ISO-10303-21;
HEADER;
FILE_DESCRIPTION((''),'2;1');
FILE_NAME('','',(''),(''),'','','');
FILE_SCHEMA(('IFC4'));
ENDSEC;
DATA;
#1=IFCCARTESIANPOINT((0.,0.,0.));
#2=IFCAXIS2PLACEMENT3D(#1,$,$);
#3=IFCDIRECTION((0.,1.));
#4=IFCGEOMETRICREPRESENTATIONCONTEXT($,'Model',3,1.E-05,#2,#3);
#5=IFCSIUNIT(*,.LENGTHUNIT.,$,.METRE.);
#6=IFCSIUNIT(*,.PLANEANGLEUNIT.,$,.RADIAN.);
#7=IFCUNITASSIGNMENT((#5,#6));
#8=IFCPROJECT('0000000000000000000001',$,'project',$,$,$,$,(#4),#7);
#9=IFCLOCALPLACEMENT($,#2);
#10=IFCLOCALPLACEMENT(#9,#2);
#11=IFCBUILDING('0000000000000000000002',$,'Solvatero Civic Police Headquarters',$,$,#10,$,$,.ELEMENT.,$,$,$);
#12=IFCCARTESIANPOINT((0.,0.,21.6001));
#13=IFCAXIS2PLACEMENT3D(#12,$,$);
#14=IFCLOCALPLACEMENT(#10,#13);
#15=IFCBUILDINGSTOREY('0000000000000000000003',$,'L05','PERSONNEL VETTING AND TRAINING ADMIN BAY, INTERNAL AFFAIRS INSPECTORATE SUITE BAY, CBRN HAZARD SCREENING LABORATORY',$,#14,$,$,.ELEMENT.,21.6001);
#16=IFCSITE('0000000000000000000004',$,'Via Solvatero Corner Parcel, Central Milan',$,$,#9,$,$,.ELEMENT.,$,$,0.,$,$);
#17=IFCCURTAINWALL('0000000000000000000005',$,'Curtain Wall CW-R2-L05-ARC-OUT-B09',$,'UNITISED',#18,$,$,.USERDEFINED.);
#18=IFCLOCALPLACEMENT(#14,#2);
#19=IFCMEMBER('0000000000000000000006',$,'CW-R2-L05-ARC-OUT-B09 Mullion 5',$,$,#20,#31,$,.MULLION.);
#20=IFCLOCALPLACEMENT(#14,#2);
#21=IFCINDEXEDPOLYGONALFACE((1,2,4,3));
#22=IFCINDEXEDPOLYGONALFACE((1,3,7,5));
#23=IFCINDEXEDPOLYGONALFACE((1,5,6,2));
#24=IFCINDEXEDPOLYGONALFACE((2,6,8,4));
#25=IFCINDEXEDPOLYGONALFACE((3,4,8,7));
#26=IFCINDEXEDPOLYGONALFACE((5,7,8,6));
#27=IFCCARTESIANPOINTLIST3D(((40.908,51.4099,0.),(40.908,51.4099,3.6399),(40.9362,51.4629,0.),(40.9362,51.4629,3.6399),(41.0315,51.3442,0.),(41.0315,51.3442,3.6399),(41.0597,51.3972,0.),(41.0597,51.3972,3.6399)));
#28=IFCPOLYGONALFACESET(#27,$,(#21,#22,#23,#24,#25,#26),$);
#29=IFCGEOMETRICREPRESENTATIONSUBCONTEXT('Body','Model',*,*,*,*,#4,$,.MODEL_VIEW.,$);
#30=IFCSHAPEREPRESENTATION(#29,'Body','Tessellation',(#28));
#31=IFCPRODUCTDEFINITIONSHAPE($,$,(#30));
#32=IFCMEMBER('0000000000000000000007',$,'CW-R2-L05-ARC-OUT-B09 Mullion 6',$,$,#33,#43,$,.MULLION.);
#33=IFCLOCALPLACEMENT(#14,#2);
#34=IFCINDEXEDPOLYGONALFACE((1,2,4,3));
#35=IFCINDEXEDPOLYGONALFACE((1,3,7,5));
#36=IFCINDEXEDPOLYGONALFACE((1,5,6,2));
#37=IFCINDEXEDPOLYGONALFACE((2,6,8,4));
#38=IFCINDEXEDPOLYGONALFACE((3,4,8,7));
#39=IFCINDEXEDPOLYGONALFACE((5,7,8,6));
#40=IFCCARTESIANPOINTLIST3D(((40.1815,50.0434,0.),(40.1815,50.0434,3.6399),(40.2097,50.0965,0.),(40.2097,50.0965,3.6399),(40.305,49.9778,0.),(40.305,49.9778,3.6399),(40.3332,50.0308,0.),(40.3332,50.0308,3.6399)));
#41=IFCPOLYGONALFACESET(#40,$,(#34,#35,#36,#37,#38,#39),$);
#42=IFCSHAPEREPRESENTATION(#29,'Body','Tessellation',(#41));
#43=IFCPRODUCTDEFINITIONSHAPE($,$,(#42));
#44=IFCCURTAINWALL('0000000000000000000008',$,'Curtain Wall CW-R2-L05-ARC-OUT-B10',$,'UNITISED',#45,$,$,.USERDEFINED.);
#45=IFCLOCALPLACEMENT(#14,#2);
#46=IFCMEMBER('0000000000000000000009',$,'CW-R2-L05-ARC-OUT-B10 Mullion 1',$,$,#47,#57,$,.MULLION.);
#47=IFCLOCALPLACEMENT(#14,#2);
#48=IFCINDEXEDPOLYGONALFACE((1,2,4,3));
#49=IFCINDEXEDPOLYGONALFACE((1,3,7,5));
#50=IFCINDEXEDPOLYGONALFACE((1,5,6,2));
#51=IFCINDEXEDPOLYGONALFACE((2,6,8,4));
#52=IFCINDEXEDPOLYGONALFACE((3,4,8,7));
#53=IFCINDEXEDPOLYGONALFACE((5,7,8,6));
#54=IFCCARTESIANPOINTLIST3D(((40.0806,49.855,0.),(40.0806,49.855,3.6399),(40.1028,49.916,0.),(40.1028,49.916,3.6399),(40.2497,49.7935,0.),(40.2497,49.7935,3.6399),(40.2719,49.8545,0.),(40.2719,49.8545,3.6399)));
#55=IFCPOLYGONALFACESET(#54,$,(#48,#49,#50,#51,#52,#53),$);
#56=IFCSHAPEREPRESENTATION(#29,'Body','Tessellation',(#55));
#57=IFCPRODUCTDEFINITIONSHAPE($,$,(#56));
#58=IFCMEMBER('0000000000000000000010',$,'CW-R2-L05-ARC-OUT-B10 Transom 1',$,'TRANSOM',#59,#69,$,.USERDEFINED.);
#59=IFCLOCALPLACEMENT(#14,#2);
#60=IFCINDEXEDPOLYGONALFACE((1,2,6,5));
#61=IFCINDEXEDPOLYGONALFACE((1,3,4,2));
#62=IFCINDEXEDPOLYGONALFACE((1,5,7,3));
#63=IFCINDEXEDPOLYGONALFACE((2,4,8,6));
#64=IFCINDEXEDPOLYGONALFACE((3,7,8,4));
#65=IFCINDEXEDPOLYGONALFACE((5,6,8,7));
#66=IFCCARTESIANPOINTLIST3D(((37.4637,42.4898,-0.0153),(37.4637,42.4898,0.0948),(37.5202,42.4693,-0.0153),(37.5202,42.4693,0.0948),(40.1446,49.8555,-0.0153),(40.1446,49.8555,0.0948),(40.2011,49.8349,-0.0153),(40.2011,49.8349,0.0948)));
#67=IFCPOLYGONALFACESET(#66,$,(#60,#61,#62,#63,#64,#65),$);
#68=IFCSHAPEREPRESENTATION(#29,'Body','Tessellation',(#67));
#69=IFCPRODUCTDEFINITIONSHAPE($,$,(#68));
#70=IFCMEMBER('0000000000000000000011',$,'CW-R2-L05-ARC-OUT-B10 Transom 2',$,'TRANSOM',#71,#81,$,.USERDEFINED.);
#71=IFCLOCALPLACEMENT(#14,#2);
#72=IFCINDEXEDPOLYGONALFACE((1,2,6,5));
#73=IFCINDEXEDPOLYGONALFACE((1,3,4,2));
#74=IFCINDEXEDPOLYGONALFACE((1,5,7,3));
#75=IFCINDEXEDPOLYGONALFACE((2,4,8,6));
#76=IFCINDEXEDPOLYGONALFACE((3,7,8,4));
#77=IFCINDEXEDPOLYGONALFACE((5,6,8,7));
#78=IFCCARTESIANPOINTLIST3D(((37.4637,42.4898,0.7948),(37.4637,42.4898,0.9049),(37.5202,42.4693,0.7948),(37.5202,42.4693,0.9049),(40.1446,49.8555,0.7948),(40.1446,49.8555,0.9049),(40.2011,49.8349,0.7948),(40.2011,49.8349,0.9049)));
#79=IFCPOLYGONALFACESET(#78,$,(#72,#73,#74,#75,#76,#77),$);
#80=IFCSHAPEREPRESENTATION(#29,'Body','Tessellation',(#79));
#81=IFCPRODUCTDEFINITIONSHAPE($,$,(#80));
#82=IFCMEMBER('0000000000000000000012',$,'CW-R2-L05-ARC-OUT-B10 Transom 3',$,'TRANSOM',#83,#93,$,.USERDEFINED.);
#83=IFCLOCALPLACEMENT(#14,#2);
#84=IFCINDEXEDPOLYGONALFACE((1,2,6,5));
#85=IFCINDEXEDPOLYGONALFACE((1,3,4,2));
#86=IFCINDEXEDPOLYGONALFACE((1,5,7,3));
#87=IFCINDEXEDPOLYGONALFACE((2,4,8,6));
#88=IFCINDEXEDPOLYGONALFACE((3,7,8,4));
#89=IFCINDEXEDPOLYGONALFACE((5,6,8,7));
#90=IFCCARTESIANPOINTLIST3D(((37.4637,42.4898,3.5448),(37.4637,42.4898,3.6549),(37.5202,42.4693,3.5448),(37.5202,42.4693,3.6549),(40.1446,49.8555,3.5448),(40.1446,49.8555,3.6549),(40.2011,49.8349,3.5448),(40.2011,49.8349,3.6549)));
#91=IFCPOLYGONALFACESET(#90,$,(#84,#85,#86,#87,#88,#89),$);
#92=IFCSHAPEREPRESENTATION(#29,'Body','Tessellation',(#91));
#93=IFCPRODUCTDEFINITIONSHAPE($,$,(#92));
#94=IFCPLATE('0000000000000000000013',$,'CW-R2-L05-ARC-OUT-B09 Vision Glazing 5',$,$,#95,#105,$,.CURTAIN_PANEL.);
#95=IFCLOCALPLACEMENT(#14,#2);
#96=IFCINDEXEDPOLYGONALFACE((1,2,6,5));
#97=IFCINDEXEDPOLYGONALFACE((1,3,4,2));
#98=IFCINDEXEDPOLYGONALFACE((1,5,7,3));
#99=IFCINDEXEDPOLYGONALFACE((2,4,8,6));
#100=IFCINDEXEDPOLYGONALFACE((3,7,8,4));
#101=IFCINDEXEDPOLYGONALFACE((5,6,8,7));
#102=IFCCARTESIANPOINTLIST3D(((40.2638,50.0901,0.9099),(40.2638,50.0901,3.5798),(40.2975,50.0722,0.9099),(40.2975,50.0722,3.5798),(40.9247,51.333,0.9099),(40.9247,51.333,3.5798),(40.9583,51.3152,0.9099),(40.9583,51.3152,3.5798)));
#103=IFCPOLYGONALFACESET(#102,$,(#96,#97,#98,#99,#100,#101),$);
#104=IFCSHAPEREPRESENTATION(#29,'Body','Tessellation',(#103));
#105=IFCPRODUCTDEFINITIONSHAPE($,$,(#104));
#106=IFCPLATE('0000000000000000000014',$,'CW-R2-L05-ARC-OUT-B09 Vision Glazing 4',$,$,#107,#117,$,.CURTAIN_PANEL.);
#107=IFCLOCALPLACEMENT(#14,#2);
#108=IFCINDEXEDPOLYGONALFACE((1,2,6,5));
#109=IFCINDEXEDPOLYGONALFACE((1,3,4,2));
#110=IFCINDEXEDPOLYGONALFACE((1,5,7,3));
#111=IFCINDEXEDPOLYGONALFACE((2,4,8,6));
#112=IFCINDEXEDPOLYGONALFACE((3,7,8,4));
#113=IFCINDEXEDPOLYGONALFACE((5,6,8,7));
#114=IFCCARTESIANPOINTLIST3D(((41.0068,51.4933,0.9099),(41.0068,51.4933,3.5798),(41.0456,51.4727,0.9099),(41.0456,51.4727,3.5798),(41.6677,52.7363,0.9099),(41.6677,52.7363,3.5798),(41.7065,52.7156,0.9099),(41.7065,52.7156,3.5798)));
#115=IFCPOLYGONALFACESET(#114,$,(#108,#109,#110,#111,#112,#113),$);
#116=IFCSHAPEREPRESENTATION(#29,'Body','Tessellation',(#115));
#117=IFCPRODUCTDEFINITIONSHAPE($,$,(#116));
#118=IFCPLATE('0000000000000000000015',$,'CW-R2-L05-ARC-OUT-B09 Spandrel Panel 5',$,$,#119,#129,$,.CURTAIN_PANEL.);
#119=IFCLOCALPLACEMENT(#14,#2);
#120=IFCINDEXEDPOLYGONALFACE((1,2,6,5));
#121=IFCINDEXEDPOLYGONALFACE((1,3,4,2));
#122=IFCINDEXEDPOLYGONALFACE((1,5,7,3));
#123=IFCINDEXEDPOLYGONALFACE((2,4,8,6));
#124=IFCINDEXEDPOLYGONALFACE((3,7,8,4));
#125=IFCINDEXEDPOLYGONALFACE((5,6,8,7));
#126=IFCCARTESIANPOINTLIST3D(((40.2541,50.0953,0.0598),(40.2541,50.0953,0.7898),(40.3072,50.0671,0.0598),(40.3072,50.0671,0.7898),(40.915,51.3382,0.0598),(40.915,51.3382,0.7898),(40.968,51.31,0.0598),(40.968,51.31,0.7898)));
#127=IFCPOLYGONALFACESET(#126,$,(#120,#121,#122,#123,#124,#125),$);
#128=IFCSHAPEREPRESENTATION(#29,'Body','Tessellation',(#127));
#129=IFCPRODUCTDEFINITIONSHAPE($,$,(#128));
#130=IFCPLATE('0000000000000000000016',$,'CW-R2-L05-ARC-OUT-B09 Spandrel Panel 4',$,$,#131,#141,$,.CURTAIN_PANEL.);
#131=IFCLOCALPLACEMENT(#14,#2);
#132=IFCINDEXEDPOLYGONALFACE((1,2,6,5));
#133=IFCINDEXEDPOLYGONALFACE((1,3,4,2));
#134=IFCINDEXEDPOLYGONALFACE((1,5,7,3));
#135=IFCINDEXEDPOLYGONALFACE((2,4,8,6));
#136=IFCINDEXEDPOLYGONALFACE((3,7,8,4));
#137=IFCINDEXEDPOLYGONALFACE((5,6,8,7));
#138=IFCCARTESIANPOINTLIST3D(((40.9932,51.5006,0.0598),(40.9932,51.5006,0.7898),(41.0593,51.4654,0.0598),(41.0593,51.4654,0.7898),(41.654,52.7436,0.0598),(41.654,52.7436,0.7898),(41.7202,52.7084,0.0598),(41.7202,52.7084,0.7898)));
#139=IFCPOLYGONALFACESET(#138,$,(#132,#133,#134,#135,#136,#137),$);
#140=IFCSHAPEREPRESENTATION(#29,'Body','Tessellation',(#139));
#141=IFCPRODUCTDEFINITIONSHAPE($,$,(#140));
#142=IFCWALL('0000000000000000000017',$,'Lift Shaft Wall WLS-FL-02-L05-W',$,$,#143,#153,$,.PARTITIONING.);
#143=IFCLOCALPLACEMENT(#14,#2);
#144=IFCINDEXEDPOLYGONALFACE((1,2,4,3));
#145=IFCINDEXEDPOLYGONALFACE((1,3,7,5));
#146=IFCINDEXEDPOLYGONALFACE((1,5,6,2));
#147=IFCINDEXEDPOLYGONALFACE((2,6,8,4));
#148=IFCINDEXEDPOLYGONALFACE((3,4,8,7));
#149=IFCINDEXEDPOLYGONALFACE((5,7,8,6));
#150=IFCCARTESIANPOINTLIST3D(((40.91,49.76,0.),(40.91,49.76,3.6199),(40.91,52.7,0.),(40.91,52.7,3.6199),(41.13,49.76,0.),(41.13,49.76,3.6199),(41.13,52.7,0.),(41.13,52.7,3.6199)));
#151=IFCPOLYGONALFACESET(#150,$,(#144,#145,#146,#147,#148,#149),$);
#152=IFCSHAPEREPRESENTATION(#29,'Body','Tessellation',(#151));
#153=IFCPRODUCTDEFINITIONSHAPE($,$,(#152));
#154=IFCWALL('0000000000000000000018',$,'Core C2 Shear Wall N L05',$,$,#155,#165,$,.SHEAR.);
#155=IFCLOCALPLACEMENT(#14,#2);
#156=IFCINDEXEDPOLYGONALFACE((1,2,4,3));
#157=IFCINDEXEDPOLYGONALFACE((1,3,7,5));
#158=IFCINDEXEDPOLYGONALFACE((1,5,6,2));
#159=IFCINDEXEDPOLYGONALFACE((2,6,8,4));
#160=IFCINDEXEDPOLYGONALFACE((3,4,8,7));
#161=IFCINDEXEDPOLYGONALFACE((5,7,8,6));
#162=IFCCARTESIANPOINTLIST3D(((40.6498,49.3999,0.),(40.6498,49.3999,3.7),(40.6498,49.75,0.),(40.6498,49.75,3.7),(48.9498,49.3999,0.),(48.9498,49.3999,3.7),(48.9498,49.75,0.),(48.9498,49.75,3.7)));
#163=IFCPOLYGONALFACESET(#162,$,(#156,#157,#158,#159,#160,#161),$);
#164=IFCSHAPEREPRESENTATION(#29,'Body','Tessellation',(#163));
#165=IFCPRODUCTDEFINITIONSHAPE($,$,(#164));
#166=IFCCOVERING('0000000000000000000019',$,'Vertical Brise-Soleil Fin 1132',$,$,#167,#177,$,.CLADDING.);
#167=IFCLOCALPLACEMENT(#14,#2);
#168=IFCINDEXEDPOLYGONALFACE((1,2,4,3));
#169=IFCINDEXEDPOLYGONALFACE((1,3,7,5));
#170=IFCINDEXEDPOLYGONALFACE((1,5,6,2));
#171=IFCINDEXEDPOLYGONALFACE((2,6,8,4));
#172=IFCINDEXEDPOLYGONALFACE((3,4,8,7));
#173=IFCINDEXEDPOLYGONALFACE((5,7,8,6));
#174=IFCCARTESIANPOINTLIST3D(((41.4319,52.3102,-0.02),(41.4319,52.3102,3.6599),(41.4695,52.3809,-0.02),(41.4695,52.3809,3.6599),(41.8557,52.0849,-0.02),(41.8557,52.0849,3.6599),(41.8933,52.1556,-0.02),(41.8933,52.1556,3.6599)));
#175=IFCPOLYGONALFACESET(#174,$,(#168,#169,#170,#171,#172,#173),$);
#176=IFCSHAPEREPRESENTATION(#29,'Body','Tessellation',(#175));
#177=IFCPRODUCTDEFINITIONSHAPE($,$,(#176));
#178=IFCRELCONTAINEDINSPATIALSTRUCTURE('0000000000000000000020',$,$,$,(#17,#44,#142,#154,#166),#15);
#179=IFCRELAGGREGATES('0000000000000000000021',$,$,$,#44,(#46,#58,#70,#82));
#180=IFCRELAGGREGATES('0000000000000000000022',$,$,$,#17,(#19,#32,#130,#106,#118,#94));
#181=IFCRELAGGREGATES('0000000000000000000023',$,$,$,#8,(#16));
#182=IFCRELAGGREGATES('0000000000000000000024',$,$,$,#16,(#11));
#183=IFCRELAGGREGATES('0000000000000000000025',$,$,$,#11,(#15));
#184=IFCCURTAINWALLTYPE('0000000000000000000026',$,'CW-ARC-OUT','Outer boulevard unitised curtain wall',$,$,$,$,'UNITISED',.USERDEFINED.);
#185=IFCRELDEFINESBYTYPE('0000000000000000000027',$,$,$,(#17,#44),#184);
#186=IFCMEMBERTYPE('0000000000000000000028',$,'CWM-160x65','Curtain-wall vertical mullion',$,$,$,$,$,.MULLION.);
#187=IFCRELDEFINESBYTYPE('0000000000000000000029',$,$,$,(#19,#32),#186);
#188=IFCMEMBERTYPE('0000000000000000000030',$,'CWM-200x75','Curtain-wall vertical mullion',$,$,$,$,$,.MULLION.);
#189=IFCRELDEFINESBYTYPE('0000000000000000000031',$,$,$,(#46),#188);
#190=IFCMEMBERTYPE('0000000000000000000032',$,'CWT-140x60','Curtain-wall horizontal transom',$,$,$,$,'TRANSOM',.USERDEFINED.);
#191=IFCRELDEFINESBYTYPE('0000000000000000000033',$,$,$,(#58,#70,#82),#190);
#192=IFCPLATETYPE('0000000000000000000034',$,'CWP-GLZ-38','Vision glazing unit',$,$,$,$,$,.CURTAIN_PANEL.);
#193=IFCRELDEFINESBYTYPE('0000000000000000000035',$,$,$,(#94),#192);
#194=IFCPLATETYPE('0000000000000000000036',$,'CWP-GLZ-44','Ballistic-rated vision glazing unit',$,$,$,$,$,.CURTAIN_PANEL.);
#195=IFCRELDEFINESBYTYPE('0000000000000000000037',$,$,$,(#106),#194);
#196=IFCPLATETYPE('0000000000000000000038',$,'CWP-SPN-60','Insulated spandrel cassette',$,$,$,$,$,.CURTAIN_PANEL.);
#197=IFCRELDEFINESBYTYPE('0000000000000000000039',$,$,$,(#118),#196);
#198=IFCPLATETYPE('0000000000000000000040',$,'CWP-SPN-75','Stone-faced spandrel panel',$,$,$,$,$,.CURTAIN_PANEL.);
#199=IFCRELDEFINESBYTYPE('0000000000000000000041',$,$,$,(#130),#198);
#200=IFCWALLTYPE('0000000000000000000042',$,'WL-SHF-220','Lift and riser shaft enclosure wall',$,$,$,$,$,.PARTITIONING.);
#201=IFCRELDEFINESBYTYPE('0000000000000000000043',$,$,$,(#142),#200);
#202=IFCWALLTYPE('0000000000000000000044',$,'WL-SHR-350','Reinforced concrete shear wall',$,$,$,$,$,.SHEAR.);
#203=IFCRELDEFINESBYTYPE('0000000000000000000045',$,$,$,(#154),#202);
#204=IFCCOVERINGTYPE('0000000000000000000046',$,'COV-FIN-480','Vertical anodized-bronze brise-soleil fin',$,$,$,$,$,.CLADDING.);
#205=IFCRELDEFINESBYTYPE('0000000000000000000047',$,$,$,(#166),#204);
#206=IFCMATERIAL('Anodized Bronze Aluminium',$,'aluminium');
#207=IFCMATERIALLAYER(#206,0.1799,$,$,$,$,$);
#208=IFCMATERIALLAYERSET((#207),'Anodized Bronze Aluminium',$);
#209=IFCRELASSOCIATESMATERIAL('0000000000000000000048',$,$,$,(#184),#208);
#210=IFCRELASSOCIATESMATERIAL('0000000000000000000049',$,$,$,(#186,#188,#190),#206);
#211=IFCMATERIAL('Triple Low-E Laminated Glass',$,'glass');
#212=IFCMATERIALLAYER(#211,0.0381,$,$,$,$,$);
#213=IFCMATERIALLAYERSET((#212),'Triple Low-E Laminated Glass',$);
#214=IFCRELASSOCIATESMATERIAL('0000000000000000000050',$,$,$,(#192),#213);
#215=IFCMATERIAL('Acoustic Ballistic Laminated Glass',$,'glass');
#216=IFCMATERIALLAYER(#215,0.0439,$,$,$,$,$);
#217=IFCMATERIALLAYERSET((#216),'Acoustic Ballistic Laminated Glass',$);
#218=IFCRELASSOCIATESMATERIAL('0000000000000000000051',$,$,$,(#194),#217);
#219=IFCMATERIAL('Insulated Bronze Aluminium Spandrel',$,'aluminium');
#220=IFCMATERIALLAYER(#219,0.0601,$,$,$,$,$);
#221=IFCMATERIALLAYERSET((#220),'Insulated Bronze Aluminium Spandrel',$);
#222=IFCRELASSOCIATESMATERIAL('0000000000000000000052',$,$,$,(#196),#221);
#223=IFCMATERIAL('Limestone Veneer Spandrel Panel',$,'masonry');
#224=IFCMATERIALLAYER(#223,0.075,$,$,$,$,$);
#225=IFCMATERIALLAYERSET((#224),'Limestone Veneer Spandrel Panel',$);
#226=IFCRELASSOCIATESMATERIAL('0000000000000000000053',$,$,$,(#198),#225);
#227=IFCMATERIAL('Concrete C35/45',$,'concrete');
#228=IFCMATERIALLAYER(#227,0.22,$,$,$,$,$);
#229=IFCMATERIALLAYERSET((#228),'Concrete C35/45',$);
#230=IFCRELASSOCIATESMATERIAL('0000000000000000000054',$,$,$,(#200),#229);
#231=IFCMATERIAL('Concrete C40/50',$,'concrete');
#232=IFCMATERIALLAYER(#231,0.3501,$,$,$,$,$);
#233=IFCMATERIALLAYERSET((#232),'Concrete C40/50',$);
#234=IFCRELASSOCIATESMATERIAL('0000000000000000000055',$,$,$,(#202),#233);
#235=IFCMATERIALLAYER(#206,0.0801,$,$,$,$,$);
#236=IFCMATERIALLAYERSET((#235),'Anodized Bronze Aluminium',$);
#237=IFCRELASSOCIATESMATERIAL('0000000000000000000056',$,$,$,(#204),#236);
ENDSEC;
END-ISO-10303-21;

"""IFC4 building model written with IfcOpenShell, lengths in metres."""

from ifc_helpers import new_model, si_unit, direction, frame, frame_2d, origin, origin_2d, place, context, subcontext, project, spatial, rectangle, extrude, material, layer, layer_set, material_profile, profile_set, type_object, element, aggregate, save


model = new_model("IFC4")

# Units and contexts
model_context = context("Model", 3, precision=1e-05, world=origin(), true_north=direction((0.0, 1.0)))
body_context = subcontext(model_context, "Body", "Model", "MODEL_VIEW")
ifc_project = project(units=[si_unit("LENGTHUNIT", "METRE"), si_unit("PLANEANGLEUNIT", "RADIAN")], contexts=[model_context])

# Site, building, storey
site_placement = place(None, origin())
site = spatial("IfcSite", under=ifc_project, at=site_placement, Name="Via Solvatero Corner Parcel, Central Milan", CompositionType="ELEMENT", RefElevation=0.0)
building_placement = place(site_placement, origin())
building = spatial("IfcBuilding", under=site, at=building_placement, Name="Solvatero Civic Police Headquarters", CompositionType="ELEMENT")
storey_placement = place(building_placement, frame((0.0, 0.0, 21.6001)))
storey = spatial("IfcBuildingStorey", under=building, at=storey_placement, Name="L05", Description="PERSONNEL VETTING AND TRAINING ADMIN BAY, INTERNAL AFFAIRS INSPECTORATE SUITE BAY, CBRN HAZARD SCREENING LABORATORY", CompositionType="ELEMENT", Elevation=21.6001)

# Curtain walls, members
ifc_material_1 = material(Name="Anodized Bronze Aluminium", Category="aluminium")
ifc_layer_1 = layer(ifc_material_1, 0.1799)
ifc_layer_set_1 = layer_set([ifc_layer_1], Name="Anodized Bronze Aluminium")
curtain_wall_type = type_object("IfcCurtainWallType", Name="CW-ARC-OUT", Description="Outer boulevard unitised curtain wall", ElementType="UNITISED", PredefinedType="USERDEFINED", material=ifc_layer_set_1)
curtain_wall_1_placement = place(storey_placement, origin())
curtain_wall_1 = element("IfcCurtainWall", 1, at=curtain_wall_1_placement, inside=storey, type_object=curtain_wall_type, Name="Curtain Wall CW-R2-L05-ARC-OUT-B09", ObjectType="UNITISED", PredefinedType="USERDEFINED")
ifc_material_profile_1 = material_profile(ifc_material_1, rectangle(XDim=0.0601, YDim=0.1399, at=origin_2d()), Name="ALU MULLION 60x140")
ifc_profile_set_1 = profile_set([ifc_material_profile_1], Name="Anodized Bronze Aluminium")
member_type_1 = type_object("IfcMemberType", Name="CWM-160x65", Description="Curtain-wall vertical mullion", PredefinedType="MULLION", material=ifc_profile_set_1)
member_1_placement = place(storey_placement, frame((40.9839, 51.4036, 0.0), z_axis=(0.0, 0.0, 1.0), x_axis=(-0.469472, -0.882948, 0.0)))
member_1 = element("IfcMember", 2, at=member_1_placement, type_object=member_type_1, Name="CW-R2-L05-ARC-OUT-B09 Mullion 5", PredefinedType="MULLION", context=body_context, shape_type="SweptSolid", body=[
    extrude(rectangle(XDim=0.0601, YDim=0.1399, at=origin_2d()), origin(), (0.0, 0.0, 1.0), 3.6399),
])
member_2_placement = place(storey_placement, frame((40.2573, 50.0371, 0.0), z_axis=(0.0, 0.0, 1.0), x_axis=(-0.469472, -0.882948, 0.0)))
member_2 = element("IfcMember", 3, at=member_2_placement, type_object=member_type_1, Name="CW-R2-L05-ARC-OUT-B09 Mullion 6", PredefinedType="MULLION", context=body_context, shape_type="SweptSolid", body=[
    extrude(rectangle(XDim=0.0601, YDim=0.1399, at=origin_2d()), origin(), (0.0, 0.0, 1.0), 3.6399),
])
curtain_wall_2_placement = place(storey_placement, origin())
curtain_wall_2 = element("IfcCurtainWall", 4, at=curtain_wall_2_placement, inside=storey, type_object=curtain_wall_type, Name="Curtain Wall CW-R2-L05-ARC-OUT-B10", ObjectType="UNITISED", PredefinedType="USERDEFINED")
ifc_material_profile_2 = material_profile(ifc_material_1, rectangle(XDim=0.0649, YDim=0.1799, at=origin_2d()), Name="ALU MULLION 65x180")
ifc_profile_set_2 = profile_set([ifc_material_profile_2], Name="Anodized Bronze Aluminium")
member_type_2 = type_object("IfcMemberType", Name="CWM-200x75", Description="Curtain-wall vertical mullion", PredefinedType="MULLION", material=ifc_profile_set_2)
member_3_placement = place(storey_placement, frame((40.1763, 49.8547, 0.0), z_axis=(0.0, 0.0, 1.0), x_axis=(-0.34202, -0.939693, 0.0)))
member_3 = element("IfcMember", 5, at=member_3_placement, type_object=member_type_2, Name="CW-R2-L05-ARC-OUT-B10 Mullion 1", PredefinedType="MULLION", context=body_context, shape_type="SweptSolid", body=[
    extrude(rectangle(XDim=0.0649, YDim=0.1799, at=origin_2d()), origin(), (0.0, 0.0, 1.0), 3.6399),
])
ifc_material_profile_3 = material_profile(ifc_material_1, rectangle(XDim=0.0601, YDim=0.1101, at=origin_2d()), Name="ALU TRANSOM 60x110")
ifc_profile_set_3 = profile_set([ifc_material_profile_3], Name="Anodized Bronze Aluminium")
member_type_3 = type_object("IfcMemberType", Name="CWT-140x60", Description="Curtain-wall horizontal transom", ElementType="TRANSOM", PredefinedType="USERDEFINED", material=ifc_profile_set_3)
member_4_placement = place(storey_placement, frame((40.1729, 49.8452, 0.0398), z_axis=(-0.342021, -0.939692, 0.0), x_axis=(0.939692, -0.342021, 0.0)))
member_4 = element("IfcMember", 6, at=member_4_placement, type_object=member_type_3, Name="CW-R2-L05-ARC-OUT-B10 Transom 1", ObjectType="TRANSOM", PredefinedType="USERDEFINED", context=body_context, shape_type="SweptSolid", body=[
    extrude(rectangle(XDim=0.0601, YDim=0.1101, at=origin_2d()), origin(), (0.0, 0.0, 1.0), 7.8384),
])
member_5_placement = place(storey_placement, frame((40.1729, 49.8452, 0.8499), z_axis=(-0.342021, -0.939692, 0.0), x_axis=(0.939692, -0.342021, 0.0)))
member_5 = element("IfcMember", 7, at=member_5_placement, type_object=member_type_3, Name="CW-R2-L05-ARC-OUT-B10 Transom 2", ObjectType="TRANSOM", PredefinedType="USERDEFINED", context=body_context, shape_type="SweptSolid", body=[
    extrude(rectangle(XDim=0.0601, YDim=0.1101, at=origin_2d()), origin(), (0.0, 0.0, 1.0), 7.8384),
])
member_6_placement = place(storey_placement, frame((40.1729, 49.8452, 3.5999), z_axis=(-0.342021, -0.939692, 0.0), x_axis=(0.939692, -0.342021, 0.0)))
member_6 = element("IfcMember", 8, at=member_6_placement, type_object=member_type_3, Name="CW-R2-L05-ARC-OUT-B10 Transom 3", ObjectType="TRANSOM", PredefinedType="USERDEFINED", context=body_context, shape_type="SweptSolid", body=[
    extrude(rectangle(XDim=0.0601, YDim=0.1101, at=origin_2d()), origin(), (0.0, 0.0, 1.0), 7.8384),
])
aggregate(curtain_wall_2, [member_3, member_4, member_5, member_6])

# Plates
ifc_material_2 = material(Name="Triple Low-E Laminated Glass", Category="glass")
ifc_layer_2 = layer(ifc_material_2, 0.0381)
ifc_layer_set_2 = layer_set([ifc_layer_2], Name="Triple Low-E Laminated Glass")
plate_type_1 = type_object("IfcPlateType", Name="CWP-GLZ-38", Description="Vision glazing unit", PredefinedType="CURTAIN_PANEL", material=ifc_layer_set_2)
plate_1_placement = place(storey_placement, frame((40.6111, 50.7026, 0.9099), z_axis=(0.0, 0.0, 1.0), x_axis=(-0.469472, -0.882948, 0.0)))
plate_1 = element("IfcPlate", 9, at=plate_1_placement, type_object=plate_type_1, Name="CW-R2-L05-ARC-OUT-B09 Vision Glazing 5", PredefinedType="CURTAIN_PANEL", context=body_context, shape_type="SweptSolid", body=[
    extrude(rectangle(XDim=1.4077, YDim=0.0381, at=origin_2d()), origin(), (0.0, 0.0, 1.0), 2.6699),
])
ifc_material_3 = material(Name="Acoustic Ballistic Laminated Glass", Category="glass")
ifc_layer_3 = layer(ifc_material_3, 0.0439)
ifc_layer_set_3 = layer_set([ifc_layer_3], Name="Acoustic Ballistic Laminated Glass")
plate_type_2 = type_object("IfcPlateType", Name="CWP-GLZ-44", Description="Ballistic-rated vision glazing unit", PredefinedType="CURTAIN_PANEL", material=ifc_layer_set_3)
plate_2_placement = place(storey_placement, frame((41.3567, 52.1045, 0.9099), z_axis=(0.0, 0.0, 1.0), x_axis=(-0.469472, -0.882948, 0.0)))
plate_2 = element("IfcPlate", 10, at=plate_2_placement, type_object=plate_type_2, Name="CW-R2-L05-ARC-OUT-B09 Vision Glazing 4", PredefinedType="CURTAIN_PANEL", context=body_context, shape_type="SweptSolid", body=[
    extrude(rectangle(XDim=1.4077, YDim=0.0439, at=origin_2d()), origin(), (0.0, 0.0, 1.0), 2.6699),
])
ifc_material_4 = material(Name="Insulated Bronze Aluminium Spandrel", Category="aluminium")
ifc_layer_4 = layer(ifc_material_4, 0.0601)
ifc_layer_set_4 = layer_set([ifc_layer_4], Name="Insulated Bronze Aluminium Spandrel")
plate_type_3 = type_object("IfcPlateType", Name="CWP-SPN-60", Description="Insulated spandrel cassette", PredefinedType="CURTAIN_PANEL", material=ifc_layer_set_4)
plate_3_placement = place(storey_placement, frame((40.6111, 50.7026, 0.0598), z_axis=(0.0, 0.0, 1.0), x_axis=(-0.469472, -0.882948, 0.0)))
plate_3 = element("IfcPlate", 11, at=plate_3_placement, type_object=plate_type_3, Name="CW-R2-L05-ARC-OUT-B09 Spandrel Panel 5", PredefinedType="CURTAIN_PANEL", context=body_context, shape_type="SweptSolid", body=[
    extrude(rectangle(XDim=1.4077, YDim=0.0601, at=origin_2d()), origin(), (0.0, 0.0, 1.0), 0.73),
])
ifc_material_5 = material(Name="Limestone Veneer Spandrel Panel", Category="masonry")
ifc_layer_5 = layer(ifc_material_5, 0.075)
ifc_layer_set_5 = layer_set([ifc_layer_5], Name="Limestone Veneer Spandrel Panel")
plate_type_4 = type_object("IfcPlateType", Name="CWP-SPN-75", Description="Stone-faced spandrel panel", PredefinedType="CURTAIN_PANEL", material=ifc_layer_set_5)
plate_4_placement = place(storey_placement, frame((41.3567, 52.1045, 0.0598), z_axis=(0.0, 0.0, 1.0), x_axis=(-0.469472, -0.882948, 0.0)))
plate_4 = element("IfcPlate", 12, at=plate_4_placement, type_object=plate_type_4, Name="CW-R2-L05-ARC-OUT-B09 Spandrel Panel 4", PredefinedType="CURTAIN_PANEL", context=body_context, shape_type="SweptSolid", body=[
    extrude(rectangle(XDim=1.4077, YDim=0.075, at=origin_2d()), origin(), (0.0, 0.0, 1.0), 0.73),
])
aggregate(curtain_wall_1, [member_1, member_2, plate_4, plate_2, plate_3, plate_1])

# Walls
ifc_material_6 = material(Name="Concrete C35/45", Category="concrete")
ifc_layer_6 = layer(ifc_material_6, 0.22)
ifc_layer_set_6 = layer_set([ifc_layer_6], Name="Concrete C35/45")
wall_type_1 = type_object("IfcWallType", Name="WL-SHF-220", Description="Lift and riser shaft enclosure wall", PredefinedType="PARTITIONING", material=ifc_layer_set_6)
wall_1_placement = place(storey_placement, frame((41.02, 49.76, 0.0), z_axis=(0.0, 0.0, 1.0), x_axis=(0.0, 1.0, 0.0)))
element("IfcWall", 13, at=wall_1_placement, inside=storey, type_object=wall_type_1, Name="Lift Shaft Wall WLS-FL-02-L05-W", PredefinedType="PARTITIONING", context=body_context, shape_type="SweptSolid", body=[
    extrude(rectangle(XDim=2.9399, YDim=0.22, at=frame_2d((1.47, 0.0))), origin(), (0.0, 0.0, 1.0), 3.6199),
])
ifc_material_7 = material(Name="Concrete C40/50", Category="concrete")
ifc_layer_7 = layer(ifc_material_7, 0.3501)
ifc_layer_set_7 = layer_set([ifc_layer_7], Name="Concrete C40/50")
wall_type_2 = type_object("IfcWallType", Name="WL-SHR-350", Description="Reinforced concrete shear wall", PredefinedType="SHEAR", material=ifc_layer_set_7)
wall_2_placement = place(storey_placement, frame((40.6499, 49.575, 0.0), z_axis=(0.0, 0.0, 1.0), x_axis=(1.0, 0.0, 0.0)))
element("IfcWall", 14, at=wall_2_placement, inside=storey, type_object=wall_type_2, Name="Core C2 Shear Wall N L05", PredefinedType="SHEAR", context=body_context, shape_type="SweptSolid", body=[
    extrude(rectangle(XDim=8.3, YDim=0.3501, at=frame_2d((4.1499, 0.0))), origin(), (0.0, 0.0, 1.0), 3.7),
])

# Covering
ifc_layer_8 = layer(ifc_material_1, 0.0801)
ifc_layer_set_8 = layer_set([ifc_layer_8], Name="Anodized Bronze Aluminium")
covering_type = type_object("IfcCoveringType", Name="COV-FIN-480", Description="Vertical anodized-bronze brise-soleil fin", PredefinedType="CLADDING", material=ifc_layer_set_8)
for number, where, z_axis, x_axis, name in (
    (15, (41.6626, 52.2329, -0.02), (0.0, 0.0, 1.0), (-0.469472, -0.882948, 0.0), "Vertical Brise-Soleil Fin 1132"),
):
    element("IfcCovering", number, at=place(storey_placement, frame(where, z_axis=z_axis, x_axis=x_axis)), inside=storey, type_object=covering_type, Name=name, PredefinedType="CLADDING", context=body_context, shape_type="SweptSolid", body=[
        extrude(rectangle(XDim=0.0801, YDim=0.48, at=origin_2d()), origin(), (0.0, 0.0, 1.0), 3.6799),
    ])

save(model, "model.ifc")
